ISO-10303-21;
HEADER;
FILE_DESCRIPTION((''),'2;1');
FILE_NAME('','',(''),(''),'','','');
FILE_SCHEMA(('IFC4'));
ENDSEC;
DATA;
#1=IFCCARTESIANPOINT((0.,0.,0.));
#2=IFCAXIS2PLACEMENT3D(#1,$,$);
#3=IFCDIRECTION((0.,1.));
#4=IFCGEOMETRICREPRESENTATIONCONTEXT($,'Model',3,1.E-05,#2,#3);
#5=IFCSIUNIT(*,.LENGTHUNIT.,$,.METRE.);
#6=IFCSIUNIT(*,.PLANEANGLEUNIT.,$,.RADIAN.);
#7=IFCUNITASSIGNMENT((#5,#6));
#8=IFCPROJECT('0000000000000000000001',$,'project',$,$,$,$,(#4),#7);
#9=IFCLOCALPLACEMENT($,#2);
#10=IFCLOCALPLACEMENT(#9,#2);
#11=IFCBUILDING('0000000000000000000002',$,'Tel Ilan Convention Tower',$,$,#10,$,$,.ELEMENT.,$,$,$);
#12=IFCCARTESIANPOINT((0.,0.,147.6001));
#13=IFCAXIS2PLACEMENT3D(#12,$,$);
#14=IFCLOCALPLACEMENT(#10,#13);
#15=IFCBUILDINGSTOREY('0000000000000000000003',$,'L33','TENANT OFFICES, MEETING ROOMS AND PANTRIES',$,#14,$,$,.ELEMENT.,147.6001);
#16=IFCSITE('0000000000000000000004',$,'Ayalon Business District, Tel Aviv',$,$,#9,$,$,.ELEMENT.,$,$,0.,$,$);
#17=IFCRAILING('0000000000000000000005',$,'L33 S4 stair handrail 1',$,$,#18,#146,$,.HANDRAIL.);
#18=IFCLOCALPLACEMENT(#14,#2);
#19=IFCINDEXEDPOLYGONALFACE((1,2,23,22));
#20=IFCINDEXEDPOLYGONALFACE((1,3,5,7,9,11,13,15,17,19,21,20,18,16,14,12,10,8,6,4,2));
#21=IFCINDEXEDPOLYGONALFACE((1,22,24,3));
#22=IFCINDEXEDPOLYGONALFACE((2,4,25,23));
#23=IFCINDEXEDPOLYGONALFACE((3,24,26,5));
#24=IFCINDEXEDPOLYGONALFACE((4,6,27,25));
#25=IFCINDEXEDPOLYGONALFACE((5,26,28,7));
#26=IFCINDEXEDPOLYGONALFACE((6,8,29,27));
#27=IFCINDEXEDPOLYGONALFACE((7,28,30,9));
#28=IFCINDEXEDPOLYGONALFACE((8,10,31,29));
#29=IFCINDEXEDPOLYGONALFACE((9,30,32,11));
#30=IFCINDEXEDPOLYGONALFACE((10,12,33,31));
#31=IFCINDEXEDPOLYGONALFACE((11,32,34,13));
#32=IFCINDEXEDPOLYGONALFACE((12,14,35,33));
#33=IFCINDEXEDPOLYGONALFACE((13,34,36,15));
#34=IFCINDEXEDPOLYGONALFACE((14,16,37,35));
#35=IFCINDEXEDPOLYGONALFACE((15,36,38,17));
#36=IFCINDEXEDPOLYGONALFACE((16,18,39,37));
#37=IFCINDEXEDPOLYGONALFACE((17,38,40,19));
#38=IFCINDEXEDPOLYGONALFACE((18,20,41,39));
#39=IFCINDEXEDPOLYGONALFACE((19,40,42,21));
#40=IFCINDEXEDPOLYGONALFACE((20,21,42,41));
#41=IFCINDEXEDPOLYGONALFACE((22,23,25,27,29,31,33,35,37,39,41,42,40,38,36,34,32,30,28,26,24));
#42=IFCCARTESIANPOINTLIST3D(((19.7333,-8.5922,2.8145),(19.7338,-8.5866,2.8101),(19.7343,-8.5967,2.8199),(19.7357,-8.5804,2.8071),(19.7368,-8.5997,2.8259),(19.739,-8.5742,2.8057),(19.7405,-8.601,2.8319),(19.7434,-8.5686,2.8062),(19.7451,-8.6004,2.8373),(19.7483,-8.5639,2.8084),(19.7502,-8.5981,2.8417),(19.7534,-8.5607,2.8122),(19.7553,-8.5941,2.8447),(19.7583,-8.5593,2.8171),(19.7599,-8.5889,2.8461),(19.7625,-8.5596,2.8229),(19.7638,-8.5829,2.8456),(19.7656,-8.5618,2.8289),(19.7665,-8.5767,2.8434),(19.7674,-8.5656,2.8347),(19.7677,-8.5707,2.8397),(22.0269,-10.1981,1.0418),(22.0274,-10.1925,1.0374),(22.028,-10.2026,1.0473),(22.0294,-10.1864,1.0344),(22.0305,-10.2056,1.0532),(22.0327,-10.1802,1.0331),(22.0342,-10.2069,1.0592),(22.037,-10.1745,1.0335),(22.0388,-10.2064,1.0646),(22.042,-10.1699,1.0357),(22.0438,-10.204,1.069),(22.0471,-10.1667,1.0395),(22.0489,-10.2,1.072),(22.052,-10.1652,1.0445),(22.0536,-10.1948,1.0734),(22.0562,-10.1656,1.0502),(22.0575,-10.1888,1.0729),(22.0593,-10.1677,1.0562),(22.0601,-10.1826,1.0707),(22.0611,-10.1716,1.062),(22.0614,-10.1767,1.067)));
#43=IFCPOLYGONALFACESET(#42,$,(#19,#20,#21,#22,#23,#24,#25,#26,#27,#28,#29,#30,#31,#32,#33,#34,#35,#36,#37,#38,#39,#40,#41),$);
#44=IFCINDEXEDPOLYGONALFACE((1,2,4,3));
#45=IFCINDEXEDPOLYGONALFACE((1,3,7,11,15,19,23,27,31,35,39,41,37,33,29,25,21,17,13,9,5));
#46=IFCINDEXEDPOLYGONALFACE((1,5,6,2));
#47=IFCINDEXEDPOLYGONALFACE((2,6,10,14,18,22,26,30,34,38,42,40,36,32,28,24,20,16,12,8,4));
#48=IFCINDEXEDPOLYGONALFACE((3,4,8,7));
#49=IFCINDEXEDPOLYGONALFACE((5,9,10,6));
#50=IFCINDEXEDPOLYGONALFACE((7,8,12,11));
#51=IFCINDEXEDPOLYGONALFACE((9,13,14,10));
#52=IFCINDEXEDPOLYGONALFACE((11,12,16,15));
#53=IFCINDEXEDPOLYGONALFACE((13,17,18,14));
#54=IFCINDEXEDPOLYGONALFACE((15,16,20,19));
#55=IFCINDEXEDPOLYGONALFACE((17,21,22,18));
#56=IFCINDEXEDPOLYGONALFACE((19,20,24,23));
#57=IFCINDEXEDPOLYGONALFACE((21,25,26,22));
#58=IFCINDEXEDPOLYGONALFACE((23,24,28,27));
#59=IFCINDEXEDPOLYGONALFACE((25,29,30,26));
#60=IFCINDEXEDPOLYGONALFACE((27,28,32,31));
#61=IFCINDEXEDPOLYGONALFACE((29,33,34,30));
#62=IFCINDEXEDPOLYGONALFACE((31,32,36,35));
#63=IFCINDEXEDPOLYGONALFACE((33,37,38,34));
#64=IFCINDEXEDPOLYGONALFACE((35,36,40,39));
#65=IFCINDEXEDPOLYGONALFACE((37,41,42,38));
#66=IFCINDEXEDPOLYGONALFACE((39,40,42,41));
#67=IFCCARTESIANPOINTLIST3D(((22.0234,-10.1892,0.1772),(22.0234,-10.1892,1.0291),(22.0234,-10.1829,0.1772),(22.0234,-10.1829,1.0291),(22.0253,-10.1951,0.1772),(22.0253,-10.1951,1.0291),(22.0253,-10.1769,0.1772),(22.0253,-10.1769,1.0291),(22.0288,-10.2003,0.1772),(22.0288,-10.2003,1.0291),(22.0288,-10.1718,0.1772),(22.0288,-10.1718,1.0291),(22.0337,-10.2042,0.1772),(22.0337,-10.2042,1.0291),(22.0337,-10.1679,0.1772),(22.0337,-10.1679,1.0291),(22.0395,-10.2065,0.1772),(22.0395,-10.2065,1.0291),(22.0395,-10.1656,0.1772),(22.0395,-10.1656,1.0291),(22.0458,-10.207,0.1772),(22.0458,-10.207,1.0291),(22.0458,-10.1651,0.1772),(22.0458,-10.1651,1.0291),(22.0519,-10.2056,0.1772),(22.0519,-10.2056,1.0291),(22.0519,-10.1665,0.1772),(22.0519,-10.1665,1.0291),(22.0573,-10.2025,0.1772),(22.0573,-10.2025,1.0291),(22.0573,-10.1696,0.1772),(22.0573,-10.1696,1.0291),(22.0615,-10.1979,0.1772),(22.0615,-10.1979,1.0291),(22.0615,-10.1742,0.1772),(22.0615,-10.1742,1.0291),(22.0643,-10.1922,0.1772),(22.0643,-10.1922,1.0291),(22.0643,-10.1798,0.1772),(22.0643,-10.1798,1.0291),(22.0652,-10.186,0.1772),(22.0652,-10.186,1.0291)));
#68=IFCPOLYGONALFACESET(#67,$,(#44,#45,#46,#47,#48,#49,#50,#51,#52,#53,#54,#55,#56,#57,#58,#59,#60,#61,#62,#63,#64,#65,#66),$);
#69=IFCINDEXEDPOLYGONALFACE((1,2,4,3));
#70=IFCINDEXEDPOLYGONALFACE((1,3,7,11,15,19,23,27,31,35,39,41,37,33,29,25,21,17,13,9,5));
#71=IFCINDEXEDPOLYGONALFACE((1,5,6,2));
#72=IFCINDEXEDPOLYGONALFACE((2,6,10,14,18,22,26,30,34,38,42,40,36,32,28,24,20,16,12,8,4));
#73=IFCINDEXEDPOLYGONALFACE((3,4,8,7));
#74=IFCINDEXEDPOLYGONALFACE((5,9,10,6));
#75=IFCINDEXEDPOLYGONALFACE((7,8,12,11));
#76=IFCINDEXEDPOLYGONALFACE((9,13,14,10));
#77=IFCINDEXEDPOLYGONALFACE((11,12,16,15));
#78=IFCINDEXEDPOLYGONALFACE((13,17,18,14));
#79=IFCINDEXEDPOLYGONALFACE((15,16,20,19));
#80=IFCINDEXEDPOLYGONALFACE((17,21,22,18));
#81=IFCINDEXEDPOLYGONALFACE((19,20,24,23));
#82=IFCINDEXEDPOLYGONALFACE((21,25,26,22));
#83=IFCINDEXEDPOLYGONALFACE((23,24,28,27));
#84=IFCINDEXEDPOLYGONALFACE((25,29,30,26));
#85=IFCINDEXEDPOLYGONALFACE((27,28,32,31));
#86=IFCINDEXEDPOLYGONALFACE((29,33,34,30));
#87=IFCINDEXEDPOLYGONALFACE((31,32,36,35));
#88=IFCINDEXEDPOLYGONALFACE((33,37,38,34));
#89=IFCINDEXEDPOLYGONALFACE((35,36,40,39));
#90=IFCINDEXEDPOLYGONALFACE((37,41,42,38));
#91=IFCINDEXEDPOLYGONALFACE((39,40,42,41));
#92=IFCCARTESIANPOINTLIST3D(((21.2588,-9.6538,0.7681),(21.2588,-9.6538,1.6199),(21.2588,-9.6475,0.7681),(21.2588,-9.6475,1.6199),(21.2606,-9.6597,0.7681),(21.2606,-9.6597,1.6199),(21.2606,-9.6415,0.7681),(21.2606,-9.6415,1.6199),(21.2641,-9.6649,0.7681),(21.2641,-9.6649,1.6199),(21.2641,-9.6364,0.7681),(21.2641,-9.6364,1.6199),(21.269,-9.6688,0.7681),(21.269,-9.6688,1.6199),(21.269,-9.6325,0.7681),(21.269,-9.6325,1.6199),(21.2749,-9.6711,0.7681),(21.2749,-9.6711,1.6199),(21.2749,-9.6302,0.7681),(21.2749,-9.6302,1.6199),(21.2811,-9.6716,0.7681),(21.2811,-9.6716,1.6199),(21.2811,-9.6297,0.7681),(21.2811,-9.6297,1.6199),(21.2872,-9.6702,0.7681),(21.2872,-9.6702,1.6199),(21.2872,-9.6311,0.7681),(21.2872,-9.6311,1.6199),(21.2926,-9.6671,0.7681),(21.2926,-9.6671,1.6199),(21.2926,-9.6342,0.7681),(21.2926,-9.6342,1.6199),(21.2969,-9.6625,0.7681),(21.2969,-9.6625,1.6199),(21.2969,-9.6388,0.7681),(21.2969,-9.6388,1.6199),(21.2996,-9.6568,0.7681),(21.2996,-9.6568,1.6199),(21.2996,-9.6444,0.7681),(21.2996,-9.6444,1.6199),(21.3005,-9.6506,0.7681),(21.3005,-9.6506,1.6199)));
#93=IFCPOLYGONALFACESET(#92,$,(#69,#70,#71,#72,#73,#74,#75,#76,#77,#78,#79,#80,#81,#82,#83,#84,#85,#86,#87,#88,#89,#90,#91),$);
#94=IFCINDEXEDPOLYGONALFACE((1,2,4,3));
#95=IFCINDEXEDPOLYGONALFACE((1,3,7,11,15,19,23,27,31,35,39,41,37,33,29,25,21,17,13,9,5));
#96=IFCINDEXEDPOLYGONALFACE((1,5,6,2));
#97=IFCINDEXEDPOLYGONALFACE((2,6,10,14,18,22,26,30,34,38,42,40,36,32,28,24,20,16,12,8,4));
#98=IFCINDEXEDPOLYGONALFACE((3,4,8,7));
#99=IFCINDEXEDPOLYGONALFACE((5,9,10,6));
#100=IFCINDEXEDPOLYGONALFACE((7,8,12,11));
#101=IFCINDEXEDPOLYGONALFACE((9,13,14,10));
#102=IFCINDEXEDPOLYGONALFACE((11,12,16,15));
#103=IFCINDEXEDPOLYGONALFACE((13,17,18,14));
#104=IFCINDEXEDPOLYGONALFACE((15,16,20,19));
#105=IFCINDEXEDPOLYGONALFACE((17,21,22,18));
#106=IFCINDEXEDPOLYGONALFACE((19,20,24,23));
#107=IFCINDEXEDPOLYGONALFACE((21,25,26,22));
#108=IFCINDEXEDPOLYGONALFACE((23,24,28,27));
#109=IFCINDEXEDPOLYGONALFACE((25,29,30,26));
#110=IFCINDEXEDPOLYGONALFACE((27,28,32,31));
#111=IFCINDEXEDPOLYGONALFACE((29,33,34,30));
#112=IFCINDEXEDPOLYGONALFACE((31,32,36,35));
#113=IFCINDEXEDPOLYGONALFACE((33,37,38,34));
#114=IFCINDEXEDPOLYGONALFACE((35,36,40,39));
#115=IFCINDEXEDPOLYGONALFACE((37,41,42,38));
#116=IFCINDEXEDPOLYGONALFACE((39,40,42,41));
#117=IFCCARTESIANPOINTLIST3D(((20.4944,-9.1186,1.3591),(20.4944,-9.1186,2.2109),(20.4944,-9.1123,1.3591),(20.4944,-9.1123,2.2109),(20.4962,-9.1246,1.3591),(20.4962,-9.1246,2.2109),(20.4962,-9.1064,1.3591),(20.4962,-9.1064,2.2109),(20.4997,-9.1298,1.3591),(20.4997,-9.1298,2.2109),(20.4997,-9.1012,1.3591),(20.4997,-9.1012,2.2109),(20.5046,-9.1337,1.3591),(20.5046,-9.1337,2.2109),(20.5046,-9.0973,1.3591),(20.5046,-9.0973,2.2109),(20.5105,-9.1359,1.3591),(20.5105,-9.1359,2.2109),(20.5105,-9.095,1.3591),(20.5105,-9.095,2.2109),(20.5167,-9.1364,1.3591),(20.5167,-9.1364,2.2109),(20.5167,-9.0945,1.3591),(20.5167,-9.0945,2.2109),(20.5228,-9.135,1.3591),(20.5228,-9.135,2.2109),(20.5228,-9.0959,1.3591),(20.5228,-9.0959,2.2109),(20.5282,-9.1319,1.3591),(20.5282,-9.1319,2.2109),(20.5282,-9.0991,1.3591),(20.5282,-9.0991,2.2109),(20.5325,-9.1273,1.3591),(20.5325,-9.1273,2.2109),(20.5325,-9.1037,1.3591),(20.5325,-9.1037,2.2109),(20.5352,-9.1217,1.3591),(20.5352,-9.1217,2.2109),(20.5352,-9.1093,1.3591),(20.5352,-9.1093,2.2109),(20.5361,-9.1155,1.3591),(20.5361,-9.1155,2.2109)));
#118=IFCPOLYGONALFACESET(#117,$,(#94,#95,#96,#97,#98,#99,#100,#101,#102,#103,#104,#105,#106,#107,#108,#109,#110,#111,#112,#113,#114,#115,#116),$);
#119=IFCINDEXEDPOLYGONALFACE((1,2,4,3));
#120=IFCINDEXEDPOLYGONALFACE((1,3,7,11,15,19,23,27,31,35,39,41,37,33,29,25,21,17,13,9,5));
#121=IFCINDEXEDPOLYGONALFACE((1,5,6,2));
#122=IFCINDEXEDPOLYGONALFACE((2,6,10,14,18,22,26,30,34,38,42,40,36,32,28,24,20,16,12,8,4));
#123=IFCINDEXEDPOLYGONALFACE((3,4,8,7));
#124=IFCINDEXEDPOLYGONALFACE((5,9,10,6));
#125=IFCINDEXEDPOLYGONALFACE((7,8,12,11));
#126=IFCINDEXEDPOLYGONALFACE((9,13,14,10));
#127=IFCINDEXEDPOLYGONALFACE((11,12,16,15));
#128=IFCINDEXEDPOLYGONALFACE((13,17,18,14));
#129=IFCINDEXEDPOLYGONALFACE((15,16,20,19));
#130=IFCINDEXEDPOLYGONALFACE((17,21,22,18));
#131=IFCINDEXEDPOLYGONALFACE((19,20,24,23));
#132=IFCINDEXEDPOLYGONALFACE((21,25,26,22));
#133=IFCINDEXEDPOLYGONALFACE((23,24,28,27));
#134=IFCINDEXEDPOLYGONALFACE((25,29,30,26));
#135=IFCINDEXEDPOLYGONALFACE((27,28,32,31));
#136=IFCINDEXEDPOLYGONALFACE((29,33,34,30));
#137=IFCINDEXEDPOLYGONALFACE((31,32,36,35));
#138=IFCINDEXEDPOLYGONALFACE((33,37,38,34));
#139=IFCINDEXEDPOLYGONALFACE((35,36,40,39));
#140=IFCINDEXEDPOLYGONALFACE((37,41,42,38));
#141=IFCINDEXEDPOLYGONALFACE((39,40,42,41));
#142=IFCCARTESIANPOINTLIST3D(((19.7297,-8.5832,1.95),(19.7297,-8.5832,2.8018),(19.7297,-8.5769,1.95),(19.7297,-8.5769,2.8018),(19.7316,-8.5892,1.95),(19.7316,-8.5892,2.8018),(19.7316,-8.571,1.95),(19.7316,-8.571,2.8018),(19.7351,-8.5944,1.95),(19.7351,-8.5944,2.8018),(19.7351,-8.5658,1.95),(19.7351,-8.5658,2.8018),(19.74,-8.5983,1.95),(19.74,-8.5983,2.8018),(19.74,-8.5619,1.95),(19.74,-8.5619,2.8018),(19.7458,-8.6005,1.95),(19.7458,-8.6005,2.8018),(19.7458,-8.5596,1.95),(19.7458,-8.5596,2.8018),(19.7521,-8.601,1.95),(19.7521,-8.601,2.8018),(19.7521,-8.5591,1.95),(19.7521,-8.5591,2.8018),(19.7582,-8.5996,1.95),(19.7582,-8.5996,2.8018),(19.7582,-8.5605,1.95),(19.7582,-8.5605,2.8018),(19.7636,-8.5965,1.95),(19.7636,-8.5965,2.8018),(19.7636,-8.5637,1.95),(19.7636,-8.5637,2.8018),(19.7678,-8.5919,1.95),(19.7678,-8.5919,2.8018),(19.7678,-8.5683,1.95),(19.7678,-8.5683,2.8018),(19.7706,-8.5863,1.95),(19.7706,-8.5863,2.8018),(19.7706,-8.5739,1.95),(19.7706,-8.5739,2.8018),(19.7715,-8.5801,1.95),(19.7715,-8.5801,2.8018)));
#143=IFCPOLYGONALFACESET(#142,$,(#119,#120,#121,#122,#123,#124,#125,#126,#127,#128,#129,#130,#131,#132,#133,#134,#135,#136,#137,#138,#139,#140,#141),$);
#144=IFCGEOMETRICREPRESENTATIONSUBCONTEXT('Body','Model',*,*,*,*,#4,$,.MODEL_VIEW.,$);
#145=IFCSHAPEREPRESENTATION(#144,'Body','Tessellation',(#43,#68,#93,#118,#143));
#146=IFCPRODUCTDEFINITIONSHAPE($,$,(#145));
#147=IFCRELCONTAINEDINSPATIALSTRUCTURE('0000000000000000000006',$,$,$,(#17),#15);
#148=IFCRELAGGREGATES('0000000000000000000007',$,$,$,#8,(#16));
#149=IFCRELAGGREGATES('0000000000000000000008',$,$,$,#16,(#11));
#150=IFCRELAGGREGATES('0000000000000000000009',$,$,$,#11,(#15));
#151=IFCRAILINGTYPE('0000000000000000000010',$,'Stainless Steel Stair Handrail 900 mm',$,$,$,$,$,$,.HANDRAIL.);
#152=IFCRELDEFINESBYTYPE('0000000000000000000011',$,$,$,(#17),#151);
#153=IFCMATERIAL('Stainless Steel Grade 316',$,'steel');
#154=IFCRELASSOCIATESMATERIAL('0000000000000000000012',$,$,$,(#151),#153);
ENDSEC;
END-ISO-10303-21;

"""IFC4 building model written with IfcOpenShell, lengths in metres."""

from ifc_helpers import new_model, si_unit, direction, frame, origin, origin_2d, place, context, subcontext, project, spatial, circle, extrude, material, type_object, element, save


model = new_model("IFC4")

# Units and contexts
model_context = context("Model", 3, precision=1e-05, world=origin(), true_north=direction((0.0, 1.0)))
body_context = subcontext(model_context, "Body", "Model", "MODEL_VIEW")
ifc_project = project(units=[si_unit("LENGTHUNIT", "METRE"), si_unit("PLANEANGLEUNIT", "RADIAN")], contexts=[model_context])

# Site, building, storey
site_placement = place(None, origin())
site = spatial("IfcSite", under=ifc_project, at=site_placement, Name="Ayalon Business District, Tel Aviv", CompositionType="ELEMENT", RefElevation=0.0)
building_placement = place(site_placement, origin())
building = spatial("IfcBuilding", under=site, at=building_placement, Name="Tel Ilan Convention Tower", CompositionType="ELEMENT")
storey_placement = place(building_placement, frame((0.0, 0.0, 147.6001)))
storey = spatial("IfcBuildingStorey", under=building, at=storey_placement, Name="L33", Description="TENANT OFFICES, MEETING ROOMS AND PANTRIES", CompositionType="ELEMENT", Elevation=147.6001)

# Railing
ifc_material_1 = material(Name="Stainless Steel Grade 316", Category="steel")
railing_type_1 = type_object("IfcRailingType", Name="Stainless Steel Stair Handrail 900 mm", PredefinedType="HANDRAIL", material=ifc_material_1)
railing_1_placement = place(storey_placement, frame((22.0442, -10.186, 0.1772)))
element("IfcRailing", 1, at=railing_1_placement, inside=storey, type_object=railing_type_1, Name="L33 S4 stair handrail 1", PredefinedType="HANDRAIL", context=body_context, shape_type="SweptSolid", body=[
    extrude(circle(Radius=0.0239, at=origin_2d()), frame((0.0, 0.0, 0.876), z_axis=(-0.692123, 0.484597, 0.534913), x_axis=(-0.57355, -0.81917, 0.0)), (0.0, 0.0, 1.0), 3.314),
    extrude(circle(Radius=0.021, at=origin_2d()), origin(), (0.0, 0.0, 1.0), 0.8518),
    extrude(circle(Radius=0.021, at=origin_2d()), frame((-0.7646, 0.5354, 0.5908)), (0.0, 0.0, 1.0), 0.8518),
    extrude(circle(Radius=0.021, at=origin_2d()), frame((-1.5291, 1.0706, 1.1819)), (0.0, 0.0, 1.0), 0.8518),
    extrude(circle(Radius=0.021, at=origin_2d()), frame((-2.2937, 1.606, 1.7727)), (0.0, 0.0, 1.0), 0.8518),
])

save(model, "model.ifc")
